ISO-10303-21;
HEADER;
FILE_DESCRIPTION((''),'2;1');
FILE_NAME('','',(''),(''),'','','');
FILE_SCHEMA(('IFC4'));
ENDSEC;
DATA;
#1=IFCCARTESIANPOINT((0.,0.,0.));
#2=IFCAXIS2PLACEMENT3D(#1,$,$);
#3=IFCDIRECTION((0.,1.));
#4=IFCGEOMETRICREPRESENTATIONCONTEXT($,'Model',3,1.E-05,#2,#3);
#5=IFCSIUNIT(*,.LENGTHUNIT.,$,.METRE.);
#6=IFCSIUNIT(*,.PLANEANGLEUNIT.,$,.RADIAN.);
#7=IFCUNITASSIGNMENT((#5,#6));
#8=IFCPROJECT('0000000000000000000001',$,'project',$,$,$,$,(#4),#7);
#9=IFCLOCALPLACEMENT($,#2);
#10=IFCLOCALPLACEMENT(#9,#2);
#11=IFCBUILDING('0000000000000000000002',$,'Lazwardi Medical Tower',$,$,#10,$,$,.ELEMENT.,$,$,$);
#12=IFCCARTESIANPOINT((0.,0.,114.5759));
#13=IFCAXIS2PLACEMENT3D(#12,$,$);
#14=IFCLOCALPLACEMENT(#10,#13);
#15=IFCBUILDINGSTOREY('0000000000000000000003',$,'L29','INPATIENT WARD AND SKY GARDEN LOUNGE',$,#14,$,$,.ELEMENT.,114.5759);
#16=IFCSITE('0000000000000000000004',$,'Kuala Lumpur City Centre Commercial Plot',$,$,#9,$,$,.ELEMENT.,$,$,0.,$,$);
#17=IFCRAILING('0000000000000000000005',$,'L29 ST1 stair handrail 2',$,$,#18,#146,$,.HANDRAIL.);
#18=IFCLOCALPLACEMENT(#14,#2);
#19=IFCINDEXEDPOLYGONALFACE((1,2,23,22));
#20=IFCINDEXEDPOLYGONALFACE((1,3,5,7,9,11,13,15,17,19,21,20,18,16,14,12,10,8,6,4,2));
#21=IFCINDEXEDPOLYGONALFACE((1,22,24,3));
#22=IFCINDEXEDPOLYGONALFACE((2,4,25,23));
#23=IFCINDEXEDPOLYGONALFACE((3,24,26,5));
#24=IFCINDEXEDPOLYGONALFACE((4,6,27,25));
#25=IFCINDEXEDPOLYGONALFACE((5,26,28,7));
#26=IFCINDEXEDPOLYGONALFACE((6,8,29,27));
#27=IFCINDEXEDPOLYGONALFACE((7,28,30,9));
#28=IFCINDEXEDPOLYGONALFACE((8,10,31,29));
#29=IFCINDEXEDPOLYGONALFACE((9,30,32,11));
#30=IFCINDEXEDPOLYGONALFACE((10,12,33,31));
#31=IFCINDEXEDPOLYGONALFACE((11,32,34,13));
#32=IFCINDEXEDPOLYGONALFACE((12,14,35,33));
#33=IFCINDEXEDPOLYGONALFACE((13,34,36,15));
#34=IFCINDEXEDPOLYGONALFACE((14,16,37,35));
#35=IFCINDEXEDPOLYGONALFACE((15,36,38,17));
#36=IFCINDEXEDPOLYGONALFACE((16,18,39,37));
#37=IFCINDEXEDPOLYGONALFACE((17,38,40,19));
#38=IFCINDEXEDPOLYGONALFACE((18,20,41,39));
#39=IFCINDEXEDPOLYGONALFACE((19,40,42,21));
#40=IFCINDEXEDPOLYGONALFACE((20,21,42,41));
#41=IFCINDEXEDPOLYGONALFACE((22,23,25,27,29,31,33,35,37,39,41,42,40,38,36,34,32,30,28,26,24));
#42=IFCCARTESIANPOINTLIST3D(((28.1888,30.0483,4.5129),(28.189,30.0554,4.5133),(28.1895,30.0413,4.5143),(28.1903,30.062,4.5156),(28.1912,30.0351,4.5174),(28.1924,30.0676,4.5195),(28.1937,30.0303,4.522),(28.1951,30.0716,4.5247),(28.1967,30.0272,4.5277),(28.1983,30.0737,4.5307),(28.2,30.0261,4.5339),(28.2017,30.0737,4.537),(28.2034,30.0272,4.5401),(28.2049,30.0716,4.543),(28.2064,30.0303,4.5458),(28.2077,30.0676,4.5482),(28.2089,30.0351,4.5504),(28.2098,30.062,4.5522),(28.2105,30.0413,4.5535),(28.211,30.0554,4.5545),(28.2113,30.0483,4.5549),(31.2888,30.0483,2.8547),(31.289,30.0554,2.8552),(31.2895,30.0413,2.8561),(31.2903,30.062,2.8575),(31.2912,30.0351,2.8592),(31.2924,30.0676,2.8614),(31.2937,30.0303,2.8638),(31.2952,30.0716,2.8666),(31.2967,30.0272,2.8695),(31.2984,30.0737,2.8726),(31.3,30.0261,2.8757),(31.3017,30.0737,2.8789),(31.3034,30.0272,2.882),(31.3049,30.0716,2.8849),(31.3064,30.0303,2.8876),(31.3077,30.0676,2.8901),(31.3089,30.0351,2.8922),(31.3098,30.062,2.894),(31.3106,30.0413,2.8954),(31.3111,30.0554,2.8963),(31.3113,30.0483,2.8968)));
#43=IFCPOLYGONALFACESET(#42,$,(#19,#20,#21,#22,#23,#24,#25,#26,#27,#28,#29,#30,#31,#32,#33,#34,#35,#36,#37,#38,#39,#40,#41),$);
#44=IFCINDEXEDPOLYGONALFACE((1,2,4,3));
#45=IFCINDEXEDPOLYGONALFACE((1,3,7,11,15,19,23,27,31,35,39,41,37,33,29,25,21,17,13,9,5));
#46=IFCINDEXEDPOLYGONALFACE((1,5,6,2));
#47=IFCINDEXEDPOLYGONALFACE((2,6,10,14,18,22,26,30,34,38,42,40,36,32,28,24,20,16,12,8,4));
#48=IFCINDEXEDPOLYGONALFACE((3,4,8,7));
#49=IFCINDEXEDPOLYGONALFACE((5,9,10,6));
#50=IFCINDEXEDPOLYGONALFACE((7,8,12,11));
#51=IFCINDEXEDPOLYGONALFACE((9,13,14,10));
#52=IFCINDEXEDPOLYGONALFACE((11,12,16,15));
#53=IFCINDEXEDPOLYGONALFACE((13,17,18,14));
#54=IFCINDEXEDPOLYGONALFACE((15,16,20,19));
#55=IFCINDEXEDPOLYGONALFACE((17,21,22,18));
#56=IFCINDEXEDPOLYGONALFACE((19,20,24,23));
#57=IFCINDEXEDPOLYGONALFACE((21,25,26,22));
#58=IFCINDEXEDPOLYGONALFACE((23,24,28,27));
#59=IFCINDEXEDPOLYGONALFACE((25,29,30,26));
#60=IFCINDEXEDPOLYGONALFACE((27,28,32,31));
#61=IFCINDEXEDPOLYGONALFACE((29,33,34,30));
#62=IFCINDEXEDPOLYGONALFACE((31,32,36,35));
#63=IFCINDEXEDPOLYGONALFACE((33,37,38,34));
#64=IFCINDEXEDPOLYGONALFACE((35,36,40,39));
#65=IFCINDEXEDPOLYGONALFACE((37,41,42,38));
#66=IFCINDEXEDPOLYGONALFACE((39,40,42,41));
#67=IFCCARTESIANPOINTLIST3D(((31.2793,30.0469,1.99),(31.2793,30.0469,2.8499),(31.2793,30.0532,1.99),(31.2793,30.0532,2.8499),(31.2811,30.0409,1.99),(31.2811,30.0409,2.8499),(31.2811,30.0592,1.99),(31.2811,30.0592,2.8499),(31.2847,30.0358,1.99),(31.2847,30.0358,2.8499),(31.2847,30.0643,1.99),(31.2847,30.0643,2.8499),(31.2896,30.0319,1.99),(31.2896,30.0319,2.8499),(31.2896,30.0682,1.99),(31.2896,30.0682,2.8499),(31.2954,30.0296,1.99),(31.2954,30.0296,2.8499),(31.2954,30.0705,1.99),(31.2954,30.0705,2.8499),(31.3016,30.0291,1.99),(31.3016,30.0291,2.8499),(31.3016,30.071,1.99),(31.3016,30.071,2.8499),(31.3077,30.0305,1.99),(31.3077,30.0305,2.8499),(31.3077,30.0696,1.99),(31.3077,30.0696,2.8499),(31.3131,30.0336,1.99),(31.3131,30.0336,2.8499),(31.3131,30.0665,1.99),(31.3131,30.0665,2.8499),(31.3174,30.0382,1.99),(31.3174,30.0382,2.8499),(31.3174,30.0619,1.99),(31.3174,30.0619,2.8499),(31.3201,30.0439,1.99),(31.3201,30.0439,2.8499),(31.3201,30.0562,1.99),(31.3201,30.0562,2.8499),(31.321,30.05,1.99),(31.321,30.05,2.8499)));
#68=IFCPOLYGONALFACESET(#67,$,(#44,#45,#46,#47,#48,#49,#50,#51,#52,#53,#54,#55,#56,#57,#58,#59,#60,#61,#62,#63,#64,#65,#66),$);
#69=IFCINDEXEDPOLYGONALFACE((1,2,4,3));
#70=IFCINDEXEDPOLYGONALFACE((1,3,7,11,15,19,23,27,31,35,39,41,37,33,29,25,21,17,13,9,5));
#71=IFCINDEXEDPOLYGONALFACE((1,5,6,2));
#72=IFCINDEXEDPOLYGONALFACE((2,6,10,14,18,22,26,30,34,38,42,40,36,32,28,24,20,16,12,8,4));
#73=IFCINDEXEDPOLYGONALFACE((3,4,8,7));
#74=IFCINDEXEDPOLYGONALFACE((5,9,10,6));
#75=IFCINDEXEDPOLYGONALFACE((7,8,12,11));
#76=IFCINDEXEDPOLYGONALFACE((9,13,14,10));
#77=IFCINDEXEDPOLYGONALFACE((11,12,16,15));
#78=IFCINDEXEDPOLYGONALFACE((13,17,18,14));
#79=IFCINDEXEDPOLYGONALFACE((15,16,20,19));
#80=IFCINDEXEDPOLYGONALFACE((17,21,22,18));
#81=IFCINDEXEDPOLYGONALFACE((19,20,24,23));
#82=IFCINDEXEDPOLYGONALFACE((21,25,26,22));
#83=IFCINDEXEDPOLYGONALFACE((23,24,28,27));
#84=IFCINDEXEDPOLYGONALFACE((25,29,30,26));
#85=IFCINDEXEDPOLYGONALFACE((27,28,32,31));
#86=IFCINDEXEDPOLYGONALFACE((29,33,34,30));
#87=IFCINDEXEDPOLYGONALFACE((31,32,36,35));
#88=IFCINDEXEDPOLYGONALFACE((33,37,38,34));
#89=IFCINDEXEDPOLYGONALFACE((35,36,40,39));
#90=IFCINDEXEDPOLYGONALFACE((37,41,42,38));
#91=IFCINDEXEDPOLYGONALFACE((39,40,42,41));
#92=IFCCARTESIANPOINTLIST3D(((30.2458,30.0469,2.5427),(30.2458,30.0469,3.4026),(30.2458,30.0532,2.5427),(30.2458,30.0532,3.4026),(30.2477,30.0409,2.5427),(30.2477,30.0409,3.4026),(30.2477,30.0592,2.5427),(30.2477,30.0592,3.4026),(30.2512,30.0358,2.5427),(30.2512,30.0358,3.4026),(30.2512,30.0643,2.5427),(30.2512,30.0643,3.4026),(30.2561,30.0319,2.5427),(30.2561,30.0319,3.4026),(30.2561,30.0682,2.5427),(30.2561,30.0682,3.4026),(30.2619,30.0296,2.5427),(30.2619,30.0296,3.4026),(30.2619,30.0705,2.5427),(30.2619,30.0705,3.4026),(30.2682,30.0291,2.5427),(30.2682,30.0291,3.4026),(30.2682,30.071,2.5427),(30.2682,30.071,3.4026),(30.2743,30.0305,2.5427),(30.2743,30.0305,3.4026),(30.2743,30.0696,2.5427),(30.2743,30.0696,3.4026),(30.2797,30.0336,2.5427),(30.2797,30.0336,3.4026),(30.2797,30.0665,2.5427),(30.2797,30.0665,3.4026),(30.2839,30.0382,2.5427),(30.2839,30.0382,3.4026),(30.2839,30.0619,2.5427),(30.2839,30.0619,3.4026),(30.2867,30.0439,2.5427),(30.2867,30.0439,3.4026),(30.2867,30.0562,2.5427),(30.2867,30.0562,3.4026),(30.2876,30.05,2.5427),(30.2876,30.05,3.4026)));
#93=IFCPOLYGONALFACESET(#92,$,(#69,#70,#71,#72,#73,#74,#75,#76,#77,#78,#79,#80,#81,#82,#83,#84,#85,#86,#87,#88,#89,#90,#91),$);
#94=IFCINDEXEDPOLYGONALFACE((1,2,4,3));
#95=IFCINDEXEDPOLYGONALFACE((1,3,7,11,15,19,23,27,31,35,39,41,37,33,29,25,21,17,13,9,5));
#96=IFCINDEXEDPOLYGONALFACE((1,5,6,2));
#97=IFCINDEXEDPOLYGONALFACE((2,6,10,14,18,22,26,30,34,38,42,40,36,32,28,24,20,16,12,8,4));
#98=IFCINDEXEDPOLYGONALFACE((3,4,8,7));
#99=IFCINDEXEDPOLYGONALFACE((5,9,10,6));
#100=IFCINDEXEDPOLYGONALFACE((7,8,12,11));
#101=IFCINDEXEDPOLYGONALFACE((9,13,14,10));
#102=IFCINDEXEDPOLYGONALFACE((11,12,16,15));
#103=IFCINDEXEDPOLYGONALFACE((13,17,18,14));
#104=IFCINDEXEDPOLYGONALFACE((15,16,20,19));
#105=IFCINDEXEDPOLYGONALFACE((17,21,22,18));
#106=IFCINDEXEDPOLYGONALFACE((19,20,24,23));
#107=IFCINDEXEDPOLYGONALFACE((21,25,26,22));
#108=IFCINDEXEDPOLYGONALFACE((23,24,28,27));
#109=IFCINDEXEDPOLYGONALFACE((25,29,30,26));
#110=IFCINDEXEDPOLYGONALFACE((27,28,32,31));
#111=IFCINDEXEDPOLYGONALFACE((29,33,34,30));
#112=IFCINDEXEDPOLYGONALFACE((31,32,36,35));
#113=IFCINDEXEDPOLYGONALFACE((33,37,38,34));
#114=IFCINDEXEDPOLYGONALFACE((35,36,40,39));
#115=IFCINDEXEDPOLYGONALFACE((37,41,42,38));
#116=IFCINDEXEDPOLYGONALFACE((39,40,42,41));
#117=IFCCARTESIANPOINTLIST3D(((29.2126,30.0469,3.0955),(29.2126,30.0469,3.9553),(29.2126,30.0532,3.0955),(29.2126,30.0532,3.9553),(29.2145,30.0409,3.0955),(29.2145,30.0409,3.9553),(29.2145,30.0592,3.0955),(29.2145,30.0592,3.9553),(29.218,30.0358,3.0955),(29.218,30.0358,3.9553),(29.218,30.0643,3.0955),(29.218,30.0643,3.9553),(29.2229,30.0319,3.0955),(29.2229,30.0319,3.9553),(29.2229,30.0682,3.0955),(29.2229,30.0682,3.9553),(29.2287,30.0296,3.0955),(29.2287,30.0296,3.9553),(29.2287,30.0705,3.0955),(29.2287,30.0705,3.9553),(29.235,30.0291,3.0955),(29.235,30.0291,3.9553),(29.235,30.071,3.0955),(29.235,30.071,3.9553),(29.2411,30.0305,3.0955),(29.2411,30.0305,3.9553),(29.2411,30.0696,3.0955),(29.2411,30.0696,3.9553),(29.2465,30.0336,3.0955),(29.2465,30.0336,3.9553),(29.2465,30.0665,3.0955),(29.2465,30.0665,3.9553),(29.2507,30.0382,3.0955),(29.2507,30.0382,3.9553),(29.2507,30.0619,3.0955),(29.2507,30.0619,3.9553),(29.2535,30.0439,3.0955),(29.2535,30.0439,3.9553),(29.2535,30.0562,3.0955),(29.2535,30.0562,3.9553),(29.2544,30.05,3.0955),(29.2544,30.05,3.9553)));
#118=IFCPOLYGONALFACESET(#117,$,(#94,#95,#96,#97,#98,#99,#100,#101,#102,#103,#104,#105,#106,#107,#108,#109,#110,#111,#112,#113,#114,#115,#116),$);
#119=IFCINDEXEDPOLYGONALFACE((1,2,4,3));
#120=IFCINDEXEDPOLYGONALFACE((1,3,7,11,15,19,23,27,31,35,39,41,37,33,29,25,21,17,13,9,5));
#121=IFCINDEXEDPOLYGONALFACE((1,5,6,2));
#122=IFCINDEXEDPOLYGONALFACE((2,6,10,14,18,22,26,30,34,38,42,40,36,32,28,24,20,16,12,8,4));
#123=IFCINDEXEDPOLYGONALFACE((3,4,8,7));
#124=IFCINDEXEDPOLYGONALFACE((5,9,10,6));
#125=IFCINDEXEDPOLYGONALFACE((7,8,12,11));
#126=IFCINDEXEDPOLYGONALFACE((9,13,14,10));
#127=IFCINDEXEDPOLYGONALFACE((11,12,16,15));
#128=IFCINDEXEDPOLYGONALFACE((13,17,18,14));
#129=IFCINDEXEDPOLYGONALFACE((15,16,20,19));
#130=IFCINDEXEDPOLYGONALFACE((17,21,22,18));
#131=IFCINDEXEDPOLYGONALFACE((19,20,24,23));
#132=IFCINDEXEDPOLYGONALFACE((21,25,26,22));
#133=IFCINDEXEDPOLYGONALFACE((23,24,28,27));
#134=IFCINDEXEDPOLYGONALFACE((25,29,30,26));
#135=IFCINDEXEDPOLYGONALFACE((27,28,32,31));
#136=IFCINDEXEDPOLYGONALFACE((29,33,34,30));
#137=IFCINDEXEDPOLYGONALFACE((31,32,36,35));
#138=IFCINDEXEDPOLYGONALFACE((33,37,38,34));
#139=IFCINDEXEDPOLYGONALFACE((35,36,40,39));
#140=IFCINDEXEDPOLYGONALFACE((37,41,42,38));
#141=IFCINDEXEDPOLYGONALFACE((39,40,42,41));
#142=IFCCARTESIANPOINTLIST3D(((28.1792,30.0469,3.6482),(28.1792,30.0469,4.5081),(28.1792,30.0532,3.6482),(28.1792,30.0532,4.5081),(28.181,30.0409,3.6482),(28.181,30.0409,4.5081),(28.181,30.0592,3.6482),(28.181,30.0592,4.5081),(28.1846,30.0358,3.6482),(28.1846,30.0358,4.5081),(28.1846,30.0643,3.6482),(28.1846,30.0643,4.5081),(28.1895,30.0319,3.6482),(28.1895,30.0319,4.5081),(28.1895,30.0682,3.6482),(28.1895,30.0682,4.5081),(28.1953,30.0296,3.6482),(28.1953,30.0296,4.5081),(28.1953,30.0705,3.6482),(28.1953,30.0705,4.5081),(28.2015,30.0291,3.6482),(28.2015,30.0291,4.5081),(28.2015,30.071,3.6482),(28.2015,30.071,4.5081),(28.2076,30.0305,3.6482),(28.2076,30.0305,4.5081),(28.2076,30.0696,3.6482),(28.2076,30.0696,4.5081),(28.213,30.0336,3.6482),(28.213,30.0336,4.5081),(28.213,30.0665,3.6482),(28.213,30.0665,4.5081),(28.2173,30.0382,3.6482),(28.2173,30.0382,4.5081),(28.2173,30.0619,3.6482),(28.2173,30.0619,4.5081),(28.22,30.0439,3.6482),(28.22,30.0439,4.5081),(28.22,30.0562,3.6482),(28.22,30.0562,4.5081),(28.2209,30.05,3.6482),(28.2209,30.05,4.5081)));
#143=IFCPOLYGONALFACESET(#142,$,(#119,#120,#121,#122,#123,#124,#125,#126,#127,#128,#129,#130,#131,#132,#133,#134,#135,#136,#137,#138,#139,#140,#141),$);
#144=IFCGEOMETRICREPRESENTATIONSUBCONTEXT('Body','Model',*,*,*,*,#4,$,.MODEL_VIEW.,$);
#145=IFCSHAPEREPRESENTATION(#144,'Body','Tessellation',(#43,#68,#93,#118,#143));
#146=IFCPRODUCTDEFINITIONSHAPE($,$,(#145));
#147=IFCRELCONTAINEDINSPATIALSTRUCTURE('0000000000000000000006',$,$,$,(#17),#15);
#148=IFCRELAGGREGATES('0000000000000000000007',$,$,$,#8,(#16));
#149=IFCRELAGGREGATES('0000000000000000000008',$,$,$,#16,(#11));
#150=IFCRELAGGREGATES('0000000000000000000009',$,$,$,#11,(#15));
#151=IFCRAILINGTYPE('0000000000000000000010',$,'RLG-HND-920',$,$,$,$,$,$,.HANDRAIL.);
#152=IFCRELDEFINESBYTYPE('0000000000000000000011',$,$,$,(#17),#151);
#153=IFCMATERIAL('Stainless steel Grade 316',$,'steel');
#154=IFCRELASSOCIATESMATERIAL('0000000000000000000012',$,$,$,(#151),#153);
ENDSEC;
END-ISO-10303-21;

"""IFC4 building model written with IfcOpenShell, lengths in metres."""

from ifc_helpers import new_model, si_unit, direction, frame, origin, origin_2d, place, context, subcontext, project, spatial, circle, extrude, material, type_object, element, save


model = new_model("IFC4")

# Units and contexts
model_context = context("Model", 3, precision=1e-05, world=origin(), true_north=direction((0.0, 1.0)))
body_context = subcontext(model_context, "Body", "Model", "MODEL_VIEW")
ifc_project = project(units=[si_unit("LENGTHUNIT", "METRE"), si_unit("PLANEANGLEUNIT", "RADIAN")], contexts=[model_context])

# Site, building, storey
site_placement = place(None, origin())
site = spatial("IfcSite", under=ifc_project, at=site_placement, Name="Kuala Lumpur City Centre Commercial Plot", CompositionType="ELEMENT", RefElevation=0.0)
building_placement = place(site_placement, origin())
building = spatial("IfcBuilding", under=site, at=building_placement, Name="Lazwardi Medical Tower", CompositionType="ELEMENT")
storey_placement = place(building_placement, frame((0.0, 0.0, 114.5759)))
storey = spatial("IfcBuildingStorey", under=building, at=storey_placement, Name="L29", Description="INPATIENT WARD AND SKY GARDEN LOUNGE", CompositionType="ELEMENT", Elevation=114.5759)

# Railing
ifc_material_1 = material(Name="Stainless steel Grade 316", Category="steel")
railing_type_1 = type_object("IfcRailingType", Name="RLG-HND-920", PredefinedType="HANDRAIL", material=ifc_material_1)
railing_1_placement = place(storey_placement, frame((31.3, 30.05, 1.99)))
element("IfcRailing", 1, at=railing_1_placement, inside=storey, type_object=railing_type_1, Name="L29 ST1 stair handrail 2", PredefinedType="HANDRAIL", context=body_context, shape_type="SweptSolid", body=[
    extrude(circle(Radius=0.0239, at=origin_2d()), frame((0.0, 0.0, 0.8857), z_axis=(-0.881783, 0.0, 0.471655), x_axis=(0.0, -1.0, 0.0)), (0.0, 0.0, 1.0), 3.5156),
    extrude(circle(Radius=0.021, at=origin_2d()), origin(), (0.0, 0.0, 1.0), 0.8599),
    extrude(circle(Radius=0.021, at=origin_2d()), frame((-1.0334, 0.0, 0.5527)), (0.0, 0.0, 1.0), 0.8599),
    extrude(circle(Radius=0.021, at=origin_2d()), frame((-2.0667, 0.0, 1.1055)), (0.0, 0.0, 1.0), 0.8599),
    extrude(circle(Radius=0.021, at=origin_2d()), frame((-3.1001, 0.0, 1.6582)), (0.0, 0.0, 1.0), 0.8599),
])

save(model, "model.ifc")
